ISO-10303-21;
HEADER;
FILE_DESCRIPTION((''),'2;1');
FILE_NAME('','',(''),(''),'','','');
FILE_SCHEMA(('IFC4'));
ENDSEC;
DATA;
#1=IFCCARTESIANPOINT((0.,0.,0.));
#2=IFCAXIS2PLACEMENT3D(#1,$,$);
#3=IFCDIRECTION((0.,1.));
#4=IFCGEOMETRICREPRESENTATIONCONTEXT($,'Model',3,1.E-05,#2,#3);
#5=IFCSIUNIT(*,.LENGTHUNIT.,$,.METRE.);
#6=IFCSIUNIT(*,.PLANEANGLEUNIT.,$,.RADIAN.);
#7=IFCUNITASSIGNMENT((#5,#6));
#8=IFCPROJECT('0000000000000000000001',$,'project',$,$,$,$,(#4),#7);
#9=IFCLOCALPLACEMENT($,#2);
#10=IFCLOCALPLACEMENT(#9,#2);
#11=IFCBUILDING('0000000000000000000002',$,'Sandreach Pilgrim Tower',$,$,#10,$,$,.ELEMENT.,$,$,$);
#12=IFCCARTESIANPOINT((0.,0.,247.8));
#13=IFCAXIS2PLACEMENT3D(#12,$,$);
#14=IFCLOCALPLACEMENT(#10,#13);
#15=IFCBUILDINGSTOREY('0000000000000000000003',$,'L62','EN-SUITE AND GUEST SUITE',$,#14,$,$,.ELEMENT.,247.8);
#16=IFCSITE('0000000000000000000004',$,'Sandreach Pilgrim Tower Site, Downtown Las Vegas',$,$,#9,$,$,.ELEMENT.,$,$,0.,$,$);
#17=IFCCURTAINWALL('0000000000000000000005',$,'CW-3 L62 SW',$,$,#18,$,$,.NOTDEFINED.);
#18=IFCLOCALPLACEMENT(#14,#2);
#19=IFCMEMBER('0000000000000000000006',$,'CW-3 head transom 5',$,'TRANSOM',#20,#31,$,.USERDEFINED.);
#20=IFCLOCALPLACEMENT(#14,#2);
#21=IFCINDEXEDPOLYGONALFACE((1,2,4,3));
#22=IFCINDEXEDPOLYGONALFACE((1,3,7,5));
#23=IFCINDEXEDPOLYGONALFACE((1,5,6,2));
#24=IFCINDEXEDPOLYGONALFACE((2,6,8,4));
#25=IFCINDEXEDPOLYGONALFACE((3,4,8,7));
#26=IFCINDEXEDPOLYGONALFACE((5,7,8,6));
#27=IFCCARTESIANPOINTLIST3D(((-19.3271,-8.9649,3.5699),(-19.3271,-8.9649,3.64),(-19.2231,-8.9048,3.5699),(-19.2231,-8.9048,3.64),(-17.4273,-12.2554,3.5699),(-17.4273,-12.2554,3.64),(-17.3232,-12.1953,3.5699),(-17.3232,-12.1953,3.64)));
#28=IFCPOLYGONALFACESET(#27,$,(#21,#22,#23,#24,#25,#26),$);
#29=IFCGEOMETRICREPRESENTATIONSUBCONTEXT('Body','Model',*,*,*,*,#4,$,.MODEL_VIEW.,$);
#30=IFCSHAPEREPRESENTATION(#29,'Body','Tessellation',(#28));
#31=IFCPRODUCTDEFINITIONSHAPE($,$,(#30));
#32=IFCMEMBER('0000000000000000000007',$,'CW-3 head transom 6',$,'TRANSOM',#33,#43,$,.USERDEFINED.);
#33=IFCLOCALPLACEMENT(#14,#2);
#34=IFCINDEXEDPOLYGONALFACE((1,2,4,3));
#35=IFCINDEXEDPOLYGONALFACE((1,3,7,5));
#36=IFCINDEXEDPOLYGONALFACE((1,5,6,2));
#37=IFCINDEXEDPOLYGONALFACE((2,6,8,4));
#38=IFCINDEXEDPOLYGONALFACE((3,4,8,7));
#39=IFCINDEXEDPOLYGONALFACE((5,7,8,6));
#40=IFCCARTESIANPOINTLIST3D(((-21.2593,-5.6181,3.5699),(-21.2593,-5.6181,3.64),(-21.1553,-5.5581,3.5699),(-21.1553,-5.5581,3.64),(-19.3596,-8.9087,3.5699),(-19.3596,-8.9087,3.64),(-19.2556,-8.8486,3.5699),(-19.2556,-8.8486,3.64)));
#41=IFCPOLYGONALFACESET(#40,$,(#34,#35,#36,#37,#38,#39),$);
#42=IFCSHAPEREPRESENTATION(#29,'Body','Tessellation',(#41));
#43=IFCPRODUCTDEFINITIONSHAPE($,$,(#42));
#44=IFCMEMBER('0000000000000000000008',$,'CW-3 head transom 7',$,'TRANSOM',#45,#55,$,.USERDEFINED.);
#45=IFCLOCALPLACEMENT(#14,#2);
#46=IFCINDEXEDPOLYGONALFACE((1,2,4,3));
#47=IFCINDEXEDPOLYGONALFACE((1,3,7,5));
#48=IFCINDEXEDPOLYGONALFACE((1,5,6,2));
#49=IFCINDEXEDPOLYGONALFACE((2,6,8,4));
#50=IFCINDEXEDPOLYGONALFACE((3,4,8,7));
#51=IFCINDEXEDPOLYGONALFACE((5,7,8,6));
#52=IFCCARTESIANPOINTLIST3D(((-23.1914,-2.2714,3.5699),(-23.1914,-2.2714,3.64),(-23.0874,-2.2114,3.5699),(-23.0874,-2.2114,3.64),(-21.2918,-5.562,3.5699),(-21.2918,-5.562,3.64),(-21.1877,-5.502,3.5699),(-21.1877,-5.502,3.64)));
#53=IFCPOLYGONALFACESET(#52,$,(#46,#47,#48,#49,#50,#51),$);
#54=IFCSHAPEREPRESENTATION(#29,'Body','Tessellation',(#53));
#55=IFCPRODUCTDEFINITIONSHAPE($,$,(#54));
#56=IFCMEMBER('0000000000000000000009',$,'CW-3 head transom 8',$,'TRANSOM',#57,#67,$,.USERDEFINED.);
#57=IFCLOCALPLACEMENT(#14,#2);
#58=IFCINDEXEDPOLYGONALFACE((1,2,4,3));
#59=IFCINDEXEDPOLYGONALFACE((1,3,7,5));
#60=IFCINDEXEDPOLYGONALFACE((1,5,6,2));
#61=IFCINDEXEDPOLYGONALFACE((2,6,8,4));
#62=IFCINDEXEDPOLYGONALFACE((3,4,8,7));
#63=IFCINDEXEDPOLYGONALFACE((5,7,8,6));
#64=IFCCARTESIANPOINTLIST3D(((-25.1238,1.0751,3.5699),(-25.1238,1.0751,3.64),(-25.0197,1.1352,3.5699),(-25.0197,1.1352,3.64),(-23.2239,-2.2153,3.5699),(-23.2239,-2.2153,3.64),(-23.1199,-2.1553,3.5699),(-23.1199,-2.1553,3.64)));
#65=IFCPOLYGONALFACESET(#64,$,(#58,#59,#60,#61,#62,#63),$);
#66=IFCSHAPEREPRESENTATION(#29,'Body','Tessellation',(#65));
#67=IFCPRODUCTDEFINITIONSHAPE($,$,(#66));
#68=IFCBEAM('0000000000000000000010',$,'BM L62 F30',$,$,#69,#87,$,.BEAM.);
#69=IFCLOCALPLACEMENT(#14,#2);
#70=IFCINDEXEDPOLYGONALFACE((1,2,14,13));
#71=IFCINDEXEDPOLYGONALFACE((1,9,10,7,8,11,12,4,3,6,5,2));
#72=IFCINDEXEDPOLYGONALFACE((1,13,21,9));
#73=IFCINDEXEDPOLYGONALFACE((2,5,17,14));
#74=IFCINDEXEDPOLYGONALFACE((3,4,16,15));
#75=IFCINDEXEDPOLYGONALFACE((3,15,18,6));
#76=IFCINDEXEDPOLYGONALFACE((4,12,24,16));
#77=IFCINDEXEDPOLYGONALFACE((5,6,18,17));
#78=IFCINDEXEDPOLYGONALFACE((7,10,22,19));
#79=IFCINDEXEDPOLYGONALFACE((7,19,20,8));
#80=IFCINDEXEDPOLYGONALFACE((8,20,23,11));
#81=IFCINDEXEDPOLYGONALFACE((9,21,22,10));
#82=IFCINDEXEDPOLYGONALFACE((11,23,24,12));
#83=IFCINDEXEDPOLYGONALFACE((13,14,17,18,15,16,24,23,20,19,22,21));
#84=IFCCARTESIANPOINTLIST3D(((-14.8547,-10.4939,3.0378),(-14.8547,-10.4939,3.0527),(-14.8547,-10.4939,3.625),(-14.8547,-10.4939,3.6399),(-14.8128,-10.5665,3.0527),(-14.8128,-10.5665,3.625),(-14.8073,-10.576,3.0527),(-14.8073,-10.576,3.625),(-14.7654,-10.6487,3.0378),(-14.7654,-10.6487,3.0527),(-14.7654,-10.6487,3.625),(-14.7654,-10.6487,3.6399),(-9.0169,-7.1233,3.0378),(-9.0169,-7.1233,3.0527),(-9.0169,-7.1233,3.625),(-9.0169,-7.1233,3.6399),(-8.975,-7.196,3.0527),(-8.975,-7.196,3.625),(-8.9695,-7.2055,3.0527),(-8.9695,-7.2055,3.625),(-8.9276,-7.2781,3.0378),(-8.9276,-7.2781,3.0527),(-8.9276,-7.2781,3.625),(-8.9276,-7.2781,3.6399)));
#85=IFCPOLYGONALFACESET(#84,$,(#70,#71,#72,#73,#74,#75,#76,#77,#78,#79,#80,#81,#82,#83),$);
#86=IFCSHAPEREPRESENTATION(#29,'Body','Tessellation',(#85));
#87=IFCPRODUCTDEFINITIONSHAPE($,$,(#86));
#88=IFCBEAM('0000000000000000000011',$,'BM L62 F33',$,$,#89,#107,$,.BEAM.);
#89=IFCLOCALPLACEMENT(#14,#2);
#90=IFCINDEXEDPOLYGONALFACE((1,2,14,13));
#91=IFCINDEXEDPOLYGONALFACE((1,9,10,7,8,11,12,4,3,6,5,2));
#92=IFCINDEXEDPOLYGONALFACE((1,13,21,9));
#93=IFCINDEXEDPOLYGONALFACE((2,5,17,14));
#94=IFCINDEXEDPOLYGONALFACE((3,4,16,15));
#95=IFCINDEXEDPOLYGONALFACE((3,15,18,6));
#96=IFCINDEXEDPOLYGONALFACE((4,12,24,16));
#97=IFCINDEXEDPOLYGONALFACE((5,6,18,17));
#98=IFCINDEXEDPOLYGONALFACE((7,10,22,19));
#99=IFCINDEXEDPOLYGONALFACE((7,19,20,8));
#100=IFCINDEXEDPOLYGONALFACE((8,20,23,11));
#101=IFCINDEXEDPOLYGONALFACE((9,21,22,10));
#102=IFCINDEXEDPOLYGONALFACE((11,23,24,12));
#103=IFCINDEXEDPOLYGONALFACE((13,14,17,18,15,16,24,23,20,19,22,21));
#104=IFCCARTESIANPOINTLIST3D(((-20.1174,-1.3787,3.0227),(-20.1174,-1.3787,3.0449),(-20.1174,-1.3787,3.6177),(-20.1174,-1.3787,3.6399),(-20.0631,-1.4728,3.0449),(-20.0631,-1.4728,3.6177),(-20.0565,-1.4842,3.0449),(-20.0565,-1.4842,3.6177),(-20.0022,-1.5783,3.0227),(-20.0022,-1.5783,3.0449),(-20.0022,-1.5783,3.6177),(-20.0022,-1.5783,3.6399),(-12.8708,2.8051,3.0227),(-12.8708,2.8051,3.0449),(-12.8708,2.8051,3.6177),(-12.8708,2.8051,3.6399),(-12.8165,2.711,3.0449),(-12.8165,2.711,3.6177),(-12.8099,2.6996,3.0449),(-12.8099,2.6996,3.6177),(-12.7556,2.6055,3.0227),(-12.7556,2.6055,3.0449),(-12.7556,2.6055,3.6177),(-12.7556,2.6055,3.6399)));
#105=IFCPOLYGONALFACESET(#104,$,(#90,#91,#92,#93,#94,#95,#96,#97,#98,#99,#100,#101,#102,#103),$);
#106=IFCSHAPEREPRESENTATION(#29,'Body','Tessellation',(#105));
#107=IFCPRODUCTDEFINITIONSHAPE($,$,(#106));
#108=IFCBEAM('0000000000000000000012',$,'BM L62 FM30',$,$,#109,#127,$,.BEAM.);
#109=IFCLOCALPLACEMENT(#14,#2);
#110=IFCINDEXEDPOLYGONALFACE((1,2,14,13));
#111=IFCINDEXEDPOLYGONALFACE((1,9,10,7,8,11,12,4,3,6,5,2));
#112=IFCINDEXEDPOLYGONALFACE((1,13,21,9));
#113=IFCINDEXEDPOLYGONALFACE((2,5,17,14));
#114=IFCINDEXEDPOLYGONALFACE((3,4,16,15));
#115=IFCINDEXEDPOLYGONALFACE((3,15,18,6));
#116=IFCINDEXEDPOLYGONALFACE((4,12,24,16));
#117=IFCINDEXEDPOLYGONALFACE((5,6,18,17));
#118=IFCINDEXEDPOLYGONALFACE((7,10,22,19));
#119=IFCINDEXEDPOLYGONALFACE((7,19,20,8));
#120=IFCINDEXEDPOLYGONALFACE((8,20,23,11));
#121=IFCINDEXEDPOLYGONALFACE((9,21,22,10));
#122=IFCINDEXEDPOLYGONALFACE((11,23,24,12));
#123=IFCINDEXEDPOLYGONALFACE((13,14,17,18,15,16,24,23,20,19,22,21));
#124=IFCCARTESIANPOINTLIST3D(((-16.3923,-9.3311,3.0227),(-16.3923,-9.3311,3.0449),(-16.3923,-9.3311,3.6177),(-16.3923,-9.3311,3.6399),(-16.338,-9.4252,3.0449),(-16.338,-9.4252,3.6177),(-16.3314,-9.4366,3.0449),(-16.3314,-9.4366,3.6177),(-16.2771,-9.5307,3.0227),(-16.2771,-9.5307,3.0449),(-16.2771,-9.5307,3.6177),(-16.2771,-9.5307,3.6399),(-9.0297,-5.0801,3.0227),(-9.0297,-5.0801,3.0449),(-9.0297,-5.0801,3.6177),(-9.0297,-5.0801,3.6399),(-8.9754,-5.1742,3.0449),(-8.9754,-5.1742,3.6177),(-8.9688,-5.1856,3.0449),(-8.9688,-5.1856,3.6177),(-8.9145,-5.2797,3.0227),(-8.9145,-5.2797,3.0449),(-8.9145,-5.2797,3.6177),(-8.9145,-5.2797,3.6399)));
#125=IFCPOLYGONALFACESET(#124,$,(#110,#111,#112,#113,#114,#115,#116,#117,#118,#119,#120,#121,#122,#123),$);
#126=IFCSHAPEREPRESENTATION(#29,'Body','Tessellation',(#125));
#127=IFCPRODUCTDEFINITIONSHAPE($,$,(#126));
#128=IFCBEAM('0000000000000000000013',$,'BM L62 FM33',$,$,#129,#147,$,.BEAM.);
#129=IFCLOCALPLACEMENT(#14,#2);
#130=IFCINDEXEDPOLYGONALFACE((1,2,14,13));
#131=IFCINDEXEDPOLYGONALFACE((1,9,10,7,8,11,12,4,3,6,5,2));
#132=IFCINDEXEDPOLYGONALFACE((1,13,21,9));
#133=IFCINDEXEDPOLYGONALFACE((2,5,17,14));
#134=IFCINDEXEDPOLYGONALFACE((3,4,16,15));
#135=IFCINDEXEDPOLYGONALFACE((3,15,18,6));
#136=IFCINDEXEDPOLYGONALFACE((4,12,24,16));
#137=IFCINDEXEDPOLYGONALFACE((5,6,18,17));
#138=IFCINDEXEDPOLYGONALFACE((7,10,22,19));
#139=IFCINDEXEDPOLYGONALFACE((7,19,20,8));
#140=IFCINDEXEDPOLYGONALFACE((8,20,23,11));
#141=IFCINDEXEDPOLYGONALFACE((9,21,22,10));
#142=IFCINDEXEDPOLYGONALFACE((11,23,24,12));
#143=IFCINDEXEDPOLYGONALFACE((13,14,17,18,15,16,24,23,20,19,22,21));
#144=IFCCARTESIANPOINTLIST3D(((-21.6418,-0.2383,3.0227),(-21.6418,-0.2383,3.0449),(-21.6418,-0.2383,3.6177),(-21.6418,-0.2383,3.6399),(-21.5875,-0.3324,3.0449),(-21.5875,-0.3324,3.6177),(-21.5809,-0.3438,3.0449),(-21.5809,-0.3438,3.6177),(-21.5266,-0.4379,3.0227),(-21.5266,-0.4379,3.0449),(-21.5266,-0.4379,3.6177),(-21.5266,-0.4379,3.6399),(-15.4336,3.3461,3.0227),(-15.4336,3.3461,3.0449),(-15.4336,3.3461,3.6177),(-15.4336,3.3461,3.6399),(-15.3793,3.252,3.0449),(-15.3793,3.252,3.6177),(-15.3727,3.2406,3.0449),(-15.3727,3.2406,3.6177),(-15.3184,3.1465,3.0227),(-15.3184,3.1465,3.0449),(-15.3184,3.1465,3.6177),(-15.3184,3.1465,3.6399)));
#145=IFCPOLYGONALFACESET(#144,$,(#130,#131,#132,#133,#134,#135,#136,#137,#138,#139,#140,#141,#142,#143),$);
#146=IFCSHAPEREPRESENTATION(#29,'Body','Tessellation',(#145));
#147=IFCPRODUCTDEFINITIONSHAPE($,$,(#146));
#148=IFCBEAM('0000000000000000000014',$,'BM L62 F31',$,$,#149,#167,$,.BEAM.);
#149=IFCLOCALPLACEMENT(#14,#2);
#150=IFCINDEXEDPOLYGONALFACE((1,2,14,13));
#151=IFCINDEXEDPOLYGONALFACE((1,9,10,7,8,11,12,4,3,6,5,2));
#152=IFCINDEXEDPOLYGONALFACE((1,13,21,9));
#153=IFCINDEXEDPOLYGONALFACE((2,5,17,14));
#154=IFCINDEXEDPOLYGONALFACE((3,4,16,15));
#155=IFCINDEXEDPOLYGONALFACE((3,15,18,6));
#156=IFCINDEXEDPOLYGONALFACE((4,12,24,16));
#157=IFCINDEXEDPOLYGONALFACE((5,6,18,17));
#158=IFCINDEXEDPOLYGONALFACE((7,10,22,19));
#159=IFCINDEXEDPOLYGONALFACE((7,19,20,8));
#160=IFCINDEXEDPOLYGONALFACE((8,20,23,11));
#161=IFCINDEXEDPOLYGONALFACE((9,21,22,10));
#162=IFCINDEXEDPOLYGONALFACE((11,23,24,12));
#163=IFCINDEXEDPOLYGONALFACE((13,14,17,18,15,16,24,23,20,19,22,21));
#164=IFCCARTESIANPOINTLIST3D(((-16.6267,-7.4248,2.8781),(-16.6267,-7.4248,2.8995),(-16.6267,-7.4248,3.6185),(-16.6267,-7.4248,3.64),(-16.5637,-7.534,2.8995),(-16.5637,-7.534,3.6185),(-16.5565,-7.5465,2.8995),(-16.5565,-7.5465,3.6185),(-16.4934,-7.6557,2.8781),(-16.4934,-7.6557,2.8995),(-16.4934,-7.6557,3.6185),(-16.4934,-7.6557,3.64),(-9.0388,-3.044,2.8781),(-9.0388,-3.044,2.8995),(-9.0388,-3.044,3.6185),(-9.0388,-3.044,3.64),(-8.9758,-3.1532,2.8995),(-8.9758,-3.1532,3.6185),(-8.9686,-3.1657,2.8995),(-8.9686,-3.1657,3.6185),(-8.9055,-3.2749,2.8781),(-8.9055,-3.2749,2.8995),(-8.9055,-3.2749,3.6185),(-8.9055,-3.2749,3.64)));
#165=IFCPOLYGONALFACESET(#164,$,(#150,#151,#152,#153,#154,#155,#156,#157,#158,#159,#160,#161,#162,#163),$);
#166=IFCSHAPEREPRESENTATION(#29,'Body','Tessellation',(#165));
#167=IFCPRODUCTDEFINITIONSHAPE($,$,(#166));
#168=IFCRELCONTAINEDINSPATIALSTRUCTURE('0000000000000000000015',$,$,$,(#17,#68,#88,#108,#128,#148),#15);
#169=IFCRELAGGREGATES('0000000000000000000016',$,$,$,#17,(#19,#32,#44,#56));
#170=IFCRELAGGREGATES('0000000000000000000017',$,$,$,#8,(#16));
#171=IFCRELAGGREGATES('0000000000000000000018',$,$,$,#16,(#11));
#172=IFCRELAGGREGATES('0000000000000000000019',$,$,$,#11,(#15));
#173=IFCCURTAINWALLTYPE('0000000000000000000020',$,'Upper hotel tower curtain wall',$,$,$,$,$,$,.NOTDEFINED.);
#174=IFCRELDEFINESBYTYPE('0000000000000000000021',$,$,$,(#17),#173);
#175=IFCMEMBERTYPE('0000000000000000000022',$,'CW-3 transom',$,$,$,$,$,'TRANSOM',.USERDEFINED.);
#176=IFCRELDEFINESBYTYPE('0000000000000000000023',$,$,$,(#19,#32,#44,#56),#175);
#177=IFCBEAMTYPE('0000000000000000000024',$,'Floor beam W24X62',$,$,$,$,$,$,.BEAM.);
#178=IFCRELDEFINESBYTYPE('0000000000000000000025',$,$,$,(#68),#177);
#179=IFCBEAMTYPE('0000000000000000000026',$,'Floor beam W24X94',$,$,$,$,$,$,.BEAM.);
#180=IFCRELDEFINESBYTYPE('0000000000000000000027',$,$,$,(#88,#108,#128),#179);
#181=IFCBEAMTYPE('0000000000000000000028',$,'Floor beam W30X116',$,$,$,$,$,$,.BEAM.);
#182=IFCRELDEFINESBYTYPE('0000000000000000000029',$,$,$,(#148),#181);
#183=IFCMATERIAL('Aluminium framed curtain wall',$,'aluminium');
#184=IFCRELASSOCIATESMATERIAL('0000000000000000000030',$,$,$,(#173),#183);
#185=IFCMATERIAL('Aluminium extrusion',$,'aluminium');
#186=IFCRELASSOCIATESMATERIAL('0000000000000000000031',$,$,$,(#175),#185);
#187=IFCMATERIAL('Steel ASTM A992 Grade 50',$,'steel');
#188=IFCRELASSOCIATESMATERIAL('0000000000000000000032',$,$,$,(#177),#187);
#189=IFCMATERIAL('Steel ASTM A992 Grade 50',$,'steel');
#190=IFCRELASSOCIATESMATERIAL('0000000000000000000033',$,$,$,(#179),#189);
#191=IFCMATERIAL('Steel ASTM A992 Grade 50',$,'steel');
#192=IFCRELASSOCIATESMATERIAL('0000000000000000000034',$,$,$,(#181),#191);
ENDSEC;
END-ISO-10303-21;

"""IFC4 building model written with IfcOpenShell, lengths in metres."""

from ifc_helpers import new_model, si_unit, direction, frame, origin, origin_2d, place, context, subcontext, project, spatial, rectangle, i_section, extrude, material, material_profile, profile_set, type_object, element, aggregate, save


model = new_model("IFC4")

# Units and contexts
model_context = context("Model", 3, precision=1e-05, world=origin(), true_north=direction((0.0, 1.0)))
body_context = subcontext(model_context, "Body", "Model", "MODEL_VIEW")
ifc_project = project(units=[si_unit("LENGTHUNIT", "METRE"), si_unit("PLANEANGLEUNIT", "RADIAN")], contexts=[model_context])

# Site, building, storey
site_placement = place(None, origin())
site = spatial("IfcSite", under=ifc_project, at=site_placement, Name="Sandreach Pilgrim Tower Site, Downtown Las Vegas", CompositionType="ELEMENT", RefElevation=0.0)
building_placement = place(site_placement, origin())
building = spatial("IfcBuilding", under=site, at=building_placement, Name="Sandreach Pilgrim Tower", CompositionType="ELEMENT")
storey_placement = place(building_placement, frame((0.0, 0.0, 247.8)))
storey = spatial("IfcBuildingStorey", under=building, at=storey_placement, Name="L62", Description="EN-SUITE AND GUEST SUITE", CompositionType="ELEMENT", Elevation=247.8)

# Curtain wall, members
ifc_material_1 = material(Name="Aluminium framed curtain wall", Category="aluminium")
curtain_wall_type = type_object("IfcCurtainWallType", Name="Upper hotel tower curtain wall", PredefinedType="NOTDEFINED", material=ifc_material_1)
curtain_wall_placement = place(storey_placement, origin())
curtain_wall = element("IfcCurtainWall", 1, at=curtain_wall_placement, inside=storey, type_object=curtain_wall_type, Name="CW-3 L62 SW", PredefinedType="NOTDEFINED")
ifc_material_2 = material(Name="Aluminium extrusion", Category="aluminium")
ifc_material_profile_1 = material_profile(ifc_material_2, rectangle(XDim=0.1201, YDim=0.0701, at=origin_2d()), Name="CW-3T 120X70")
ifc_profile_set_1 = profile_set([ifc_material_profile_1], Name="Aluminium extrusion")
member_type_1 = type_object("IfcMemberType", Name="CW-3 transom", ElementType="TRANSOM", PredefinedType="USERDEFINED", material=ifc_profile_set_1)
member_1_placement = place(storey_placement, frame((-17.3752, -12.2253, 3.605), z_axis=(-0.500023, 0.866012, 0.0), x_axis=(-0.866012, -0.500023, 0.0)))
member_1 = element("IfcMember", 2, at=member_1_placement, type_object=member_type_1, Name="CW-3 head transom 5", ObjectType="TRANSOM", PredefinedType="USERDEFINED", context=body_context, shape_type="SweptSolid", body=[
    extrude(rectangle(XDim=0.1201, YDim=0.0701, at=origin_2d()), origin(), (0.0, 0.0, 1.0), 3.7996),
])
member_2_placement = place(storey_placement, frame((-19.3076, -8.8787, 3.605), z_axis=(-0.499975, 0.86604, 0.0), x_axis=(-0.86604, -0.499975, 0.0)))
member_2 = element("IfcMember", 3, at=member_2_placement, type_object=member_type_1, Name="CW-3 head transom 6", ObjectType="TRANSOM", PredefinedType="USERDEFINED", context=body_context, shape_type="SweptSolid", body=[
    extrude(rectangle(XDim=0.1201, YDim=0.0701, at=origin_2d()), origin(), (0.0, 0.0, 1.0), 3.7996),
])
member_3_placement = place(storey_placement, frame((-21.2397, -5.532, 3.605), z_axis=(-0.499975, 0.86604, 0.0), x_axis=(-0.86604, -0.499975, 0.0)))
member_3 = element("IfcMember", 4, at=member_3_placement, type_object=member_type_1, Name="CW-3 head transom 7", ObjectType="TRANSOM", PredefinedType="USERDEFINED", context=body_context, shape_type="SweptSolid", body=[
    extrude(rectangle(XDim=0.1201, YDim=0.0701, at=origin_2d()), origin(), (0.0, 0.0, 1.0), 3.7996),
])
member_4_placement = place(storey_placement, frame((-23.1719, -2.1853, 3.605), z_axis=(-0.500023, 0.866012, 0.0), x_axis=(-0.866012, -0.500023, 0.0)))
member_4 = element("IfcMember", 5, at=member_4_placement, type_object=member_type_1, Name="CW-3 head transom 8", ObjectType="TRANSOM", PredefinedType="USERDEFINED", context=body_context, shape_type="SweptSolid", body=[
    extrude(rectangle(XDim=0.1201, YDim=0.0701, at=origin_2d()), origin(), (0.0, 0.0, 1.0), 3.7996),
])

# Beams
ifc_material_3 = material(Name="Steel ASTM A992 Grade 50", Category="steel")
ifc_material_profile_2 = material_profile(ifc_material_3, i_section(OverallWidth=0.1787, OverallDepth=0.6021, WebThickness=0.011, FlangeThickness=0.0149, at=origin_2d()), Name="W24X62")
ifc_profile_set_2 = profile_set([ifc_material_profile_2], Name="Steel ASTM A992 Grade 50")
beam_type_1 = type_object("IfcBeamType", Name="Floor beam W24X62", PredefinedType="BEAM", material=ifc_profile_set_2)
beam_1_placement = place(storey_placement, frame((-14.8101, -10.5713, 3.3389), z_axis=(0.866019, 0.500011, 0.0), x_axis=(-0.500011, 0.866019, 0.0)))
element("IfcBeam", 6, at=beam_1_placement, inside=storey, type_object=beam_type_1, Name="BM L62 F30", PredefinedType="BEAM", context=body_context, shape_type="SweptSolid", body=[
    extrude(i_section(OverallWidth=0.1787, OverallDepth=0.6021, WebThickness=0.011, FlangeThickness=0.0149, at=origin_2d()), origin(), (0.0, 0.0, 1.0), 6.741),
])
ifc_material_4 = material(Name="Steel ASTM A992 Grade 50", Category="steel")
ifc_material_profile_3 = material_profile(ifc_material_4, i_section(OverallWidth=0.2305, OverallDepth=0.6172, WebThickness=0.0132, FlangeThickness=0.0222, at=origin_2d()), Name="W24X94")
ifc_profile_set_3 = profile_set([ifc_material_profile_3], Name="Steel ASTM A992 Grade 50")
beam_type_2 = type_object("IfcBeamType", Name="Floor beam W24X94", PredefinedType="BEAM", material=ifc_profile_set_3)
beam_2_placement = place(storey_placement, frame((-20.0598, -1.4785, 3.3313), z_axis=(0.866024, 0.500002, 0.0), x_axis=(-0.500002, 0.866024, 0.0)))
element("IfcBeam", 7, at=beam_2_placement, inside=storey, type_object=beam_type_2, Name="BM L62 F33", PredefinedType="BEAM", context=body_context, shape_type="SweptSolid", body=[
    extrude(i_section(OverallWidth=0.2305, OverallDepth=0.6172, WebThickness=0.0132, FlangeThickness=0.0222, at=origin_2d()), origin(), (0.0, 0.0, 1.0), 8.3677),
])
beam_3_placement = place(storey_placement, frame((-16.3347, -9.4309, 3.3313), z_axis=(0.866015, 0.500018, 0.0), x_axis=(-0.500018, 0.866015, 0.0)))
element("IfcBeam", 8, at=beam_3_placement, inside=storey, type_object=beam_type_2, Name="BM L62 FM30", PredefinedType="BEAM", context=body_context, shape_type="SweptSolid", body=[
    extrude(i_section(OverallWidth=0.2305, OverallDepth=0.6172, WebThickness=0.0132, FlangeThickness=0.0222, at=origin_2d()), origin(), (0.0, 0.0, 1.0), 8.5017),
])
beam_4_placement = place(storey_placement, frame((-21.5842, -0.3381, 3.3313), z_axis=(0.866017, 0.500014, 0.0), x_axis=(-0.500014, 0.866017, 0.0)))
element("IfcBeam", 9, at=beam_4_placement, inside=storey, type_object=beam_type_2, Name="BM L62 FM33", PredefinedType="BEAM", context=body_context, shape_type="SweptSolid", body=[
    extrude(i_section(OverallWidth=0.2305, OverallDepth=0.6172, WebThickness=0.0132, FlangeThickness=0.0222, at=origin_2d()), origin(), (0.0, 0.0, 1.0), 7.1687),
])
ifc_material_5 = material(Name="Steel ASTM A992 Grade 50", Category="steel")
ifc_material_profile_4 = material_profile(ifc_material_5, i_section(OverallWidth=0.2666, OverallDepth=0.762, WebThickness=0.0144, FlangeThickness=0.0215, at=origin_2d()), Name="W30X116")
ifc_profile_set_4 = profile_set([ifc_material_profile_4], Name="Steel ASTM A992 Grade 50")
beam_type_3 = type_object("IfcBeamType", Name="Floor beam W30X116", PredefinedType="BEAM", material=ifc_profile_set_4)
beam_5_placement = place(storey_placement, frame((-16.5601, -7.5403, 3.259), z_axis=(0.866026, 0.499999, 0.0), x_axis=(-0.499999, 0.866026, 0.0)))
element("IfcBeam", 10, at=beam_5_placement, inside=storey, type_object=beam_type_3, Name="BM L62 F31", PredefinedType="BEAM", context=body_context, shape_type="SweptSolid", body=[
    extrude(i_section(OverallWidth=0.2666, OverallDepth=0.762, WebThickness=0.0144, FlangeThickness=0.0215, at=origin_2d()), origin(), (0.0, 0.0, 1.0), 8.7617),
])

aggregate(curtain_wall, [member_1, member_2, member_3, member_4])

save(model, "model.ifc")
